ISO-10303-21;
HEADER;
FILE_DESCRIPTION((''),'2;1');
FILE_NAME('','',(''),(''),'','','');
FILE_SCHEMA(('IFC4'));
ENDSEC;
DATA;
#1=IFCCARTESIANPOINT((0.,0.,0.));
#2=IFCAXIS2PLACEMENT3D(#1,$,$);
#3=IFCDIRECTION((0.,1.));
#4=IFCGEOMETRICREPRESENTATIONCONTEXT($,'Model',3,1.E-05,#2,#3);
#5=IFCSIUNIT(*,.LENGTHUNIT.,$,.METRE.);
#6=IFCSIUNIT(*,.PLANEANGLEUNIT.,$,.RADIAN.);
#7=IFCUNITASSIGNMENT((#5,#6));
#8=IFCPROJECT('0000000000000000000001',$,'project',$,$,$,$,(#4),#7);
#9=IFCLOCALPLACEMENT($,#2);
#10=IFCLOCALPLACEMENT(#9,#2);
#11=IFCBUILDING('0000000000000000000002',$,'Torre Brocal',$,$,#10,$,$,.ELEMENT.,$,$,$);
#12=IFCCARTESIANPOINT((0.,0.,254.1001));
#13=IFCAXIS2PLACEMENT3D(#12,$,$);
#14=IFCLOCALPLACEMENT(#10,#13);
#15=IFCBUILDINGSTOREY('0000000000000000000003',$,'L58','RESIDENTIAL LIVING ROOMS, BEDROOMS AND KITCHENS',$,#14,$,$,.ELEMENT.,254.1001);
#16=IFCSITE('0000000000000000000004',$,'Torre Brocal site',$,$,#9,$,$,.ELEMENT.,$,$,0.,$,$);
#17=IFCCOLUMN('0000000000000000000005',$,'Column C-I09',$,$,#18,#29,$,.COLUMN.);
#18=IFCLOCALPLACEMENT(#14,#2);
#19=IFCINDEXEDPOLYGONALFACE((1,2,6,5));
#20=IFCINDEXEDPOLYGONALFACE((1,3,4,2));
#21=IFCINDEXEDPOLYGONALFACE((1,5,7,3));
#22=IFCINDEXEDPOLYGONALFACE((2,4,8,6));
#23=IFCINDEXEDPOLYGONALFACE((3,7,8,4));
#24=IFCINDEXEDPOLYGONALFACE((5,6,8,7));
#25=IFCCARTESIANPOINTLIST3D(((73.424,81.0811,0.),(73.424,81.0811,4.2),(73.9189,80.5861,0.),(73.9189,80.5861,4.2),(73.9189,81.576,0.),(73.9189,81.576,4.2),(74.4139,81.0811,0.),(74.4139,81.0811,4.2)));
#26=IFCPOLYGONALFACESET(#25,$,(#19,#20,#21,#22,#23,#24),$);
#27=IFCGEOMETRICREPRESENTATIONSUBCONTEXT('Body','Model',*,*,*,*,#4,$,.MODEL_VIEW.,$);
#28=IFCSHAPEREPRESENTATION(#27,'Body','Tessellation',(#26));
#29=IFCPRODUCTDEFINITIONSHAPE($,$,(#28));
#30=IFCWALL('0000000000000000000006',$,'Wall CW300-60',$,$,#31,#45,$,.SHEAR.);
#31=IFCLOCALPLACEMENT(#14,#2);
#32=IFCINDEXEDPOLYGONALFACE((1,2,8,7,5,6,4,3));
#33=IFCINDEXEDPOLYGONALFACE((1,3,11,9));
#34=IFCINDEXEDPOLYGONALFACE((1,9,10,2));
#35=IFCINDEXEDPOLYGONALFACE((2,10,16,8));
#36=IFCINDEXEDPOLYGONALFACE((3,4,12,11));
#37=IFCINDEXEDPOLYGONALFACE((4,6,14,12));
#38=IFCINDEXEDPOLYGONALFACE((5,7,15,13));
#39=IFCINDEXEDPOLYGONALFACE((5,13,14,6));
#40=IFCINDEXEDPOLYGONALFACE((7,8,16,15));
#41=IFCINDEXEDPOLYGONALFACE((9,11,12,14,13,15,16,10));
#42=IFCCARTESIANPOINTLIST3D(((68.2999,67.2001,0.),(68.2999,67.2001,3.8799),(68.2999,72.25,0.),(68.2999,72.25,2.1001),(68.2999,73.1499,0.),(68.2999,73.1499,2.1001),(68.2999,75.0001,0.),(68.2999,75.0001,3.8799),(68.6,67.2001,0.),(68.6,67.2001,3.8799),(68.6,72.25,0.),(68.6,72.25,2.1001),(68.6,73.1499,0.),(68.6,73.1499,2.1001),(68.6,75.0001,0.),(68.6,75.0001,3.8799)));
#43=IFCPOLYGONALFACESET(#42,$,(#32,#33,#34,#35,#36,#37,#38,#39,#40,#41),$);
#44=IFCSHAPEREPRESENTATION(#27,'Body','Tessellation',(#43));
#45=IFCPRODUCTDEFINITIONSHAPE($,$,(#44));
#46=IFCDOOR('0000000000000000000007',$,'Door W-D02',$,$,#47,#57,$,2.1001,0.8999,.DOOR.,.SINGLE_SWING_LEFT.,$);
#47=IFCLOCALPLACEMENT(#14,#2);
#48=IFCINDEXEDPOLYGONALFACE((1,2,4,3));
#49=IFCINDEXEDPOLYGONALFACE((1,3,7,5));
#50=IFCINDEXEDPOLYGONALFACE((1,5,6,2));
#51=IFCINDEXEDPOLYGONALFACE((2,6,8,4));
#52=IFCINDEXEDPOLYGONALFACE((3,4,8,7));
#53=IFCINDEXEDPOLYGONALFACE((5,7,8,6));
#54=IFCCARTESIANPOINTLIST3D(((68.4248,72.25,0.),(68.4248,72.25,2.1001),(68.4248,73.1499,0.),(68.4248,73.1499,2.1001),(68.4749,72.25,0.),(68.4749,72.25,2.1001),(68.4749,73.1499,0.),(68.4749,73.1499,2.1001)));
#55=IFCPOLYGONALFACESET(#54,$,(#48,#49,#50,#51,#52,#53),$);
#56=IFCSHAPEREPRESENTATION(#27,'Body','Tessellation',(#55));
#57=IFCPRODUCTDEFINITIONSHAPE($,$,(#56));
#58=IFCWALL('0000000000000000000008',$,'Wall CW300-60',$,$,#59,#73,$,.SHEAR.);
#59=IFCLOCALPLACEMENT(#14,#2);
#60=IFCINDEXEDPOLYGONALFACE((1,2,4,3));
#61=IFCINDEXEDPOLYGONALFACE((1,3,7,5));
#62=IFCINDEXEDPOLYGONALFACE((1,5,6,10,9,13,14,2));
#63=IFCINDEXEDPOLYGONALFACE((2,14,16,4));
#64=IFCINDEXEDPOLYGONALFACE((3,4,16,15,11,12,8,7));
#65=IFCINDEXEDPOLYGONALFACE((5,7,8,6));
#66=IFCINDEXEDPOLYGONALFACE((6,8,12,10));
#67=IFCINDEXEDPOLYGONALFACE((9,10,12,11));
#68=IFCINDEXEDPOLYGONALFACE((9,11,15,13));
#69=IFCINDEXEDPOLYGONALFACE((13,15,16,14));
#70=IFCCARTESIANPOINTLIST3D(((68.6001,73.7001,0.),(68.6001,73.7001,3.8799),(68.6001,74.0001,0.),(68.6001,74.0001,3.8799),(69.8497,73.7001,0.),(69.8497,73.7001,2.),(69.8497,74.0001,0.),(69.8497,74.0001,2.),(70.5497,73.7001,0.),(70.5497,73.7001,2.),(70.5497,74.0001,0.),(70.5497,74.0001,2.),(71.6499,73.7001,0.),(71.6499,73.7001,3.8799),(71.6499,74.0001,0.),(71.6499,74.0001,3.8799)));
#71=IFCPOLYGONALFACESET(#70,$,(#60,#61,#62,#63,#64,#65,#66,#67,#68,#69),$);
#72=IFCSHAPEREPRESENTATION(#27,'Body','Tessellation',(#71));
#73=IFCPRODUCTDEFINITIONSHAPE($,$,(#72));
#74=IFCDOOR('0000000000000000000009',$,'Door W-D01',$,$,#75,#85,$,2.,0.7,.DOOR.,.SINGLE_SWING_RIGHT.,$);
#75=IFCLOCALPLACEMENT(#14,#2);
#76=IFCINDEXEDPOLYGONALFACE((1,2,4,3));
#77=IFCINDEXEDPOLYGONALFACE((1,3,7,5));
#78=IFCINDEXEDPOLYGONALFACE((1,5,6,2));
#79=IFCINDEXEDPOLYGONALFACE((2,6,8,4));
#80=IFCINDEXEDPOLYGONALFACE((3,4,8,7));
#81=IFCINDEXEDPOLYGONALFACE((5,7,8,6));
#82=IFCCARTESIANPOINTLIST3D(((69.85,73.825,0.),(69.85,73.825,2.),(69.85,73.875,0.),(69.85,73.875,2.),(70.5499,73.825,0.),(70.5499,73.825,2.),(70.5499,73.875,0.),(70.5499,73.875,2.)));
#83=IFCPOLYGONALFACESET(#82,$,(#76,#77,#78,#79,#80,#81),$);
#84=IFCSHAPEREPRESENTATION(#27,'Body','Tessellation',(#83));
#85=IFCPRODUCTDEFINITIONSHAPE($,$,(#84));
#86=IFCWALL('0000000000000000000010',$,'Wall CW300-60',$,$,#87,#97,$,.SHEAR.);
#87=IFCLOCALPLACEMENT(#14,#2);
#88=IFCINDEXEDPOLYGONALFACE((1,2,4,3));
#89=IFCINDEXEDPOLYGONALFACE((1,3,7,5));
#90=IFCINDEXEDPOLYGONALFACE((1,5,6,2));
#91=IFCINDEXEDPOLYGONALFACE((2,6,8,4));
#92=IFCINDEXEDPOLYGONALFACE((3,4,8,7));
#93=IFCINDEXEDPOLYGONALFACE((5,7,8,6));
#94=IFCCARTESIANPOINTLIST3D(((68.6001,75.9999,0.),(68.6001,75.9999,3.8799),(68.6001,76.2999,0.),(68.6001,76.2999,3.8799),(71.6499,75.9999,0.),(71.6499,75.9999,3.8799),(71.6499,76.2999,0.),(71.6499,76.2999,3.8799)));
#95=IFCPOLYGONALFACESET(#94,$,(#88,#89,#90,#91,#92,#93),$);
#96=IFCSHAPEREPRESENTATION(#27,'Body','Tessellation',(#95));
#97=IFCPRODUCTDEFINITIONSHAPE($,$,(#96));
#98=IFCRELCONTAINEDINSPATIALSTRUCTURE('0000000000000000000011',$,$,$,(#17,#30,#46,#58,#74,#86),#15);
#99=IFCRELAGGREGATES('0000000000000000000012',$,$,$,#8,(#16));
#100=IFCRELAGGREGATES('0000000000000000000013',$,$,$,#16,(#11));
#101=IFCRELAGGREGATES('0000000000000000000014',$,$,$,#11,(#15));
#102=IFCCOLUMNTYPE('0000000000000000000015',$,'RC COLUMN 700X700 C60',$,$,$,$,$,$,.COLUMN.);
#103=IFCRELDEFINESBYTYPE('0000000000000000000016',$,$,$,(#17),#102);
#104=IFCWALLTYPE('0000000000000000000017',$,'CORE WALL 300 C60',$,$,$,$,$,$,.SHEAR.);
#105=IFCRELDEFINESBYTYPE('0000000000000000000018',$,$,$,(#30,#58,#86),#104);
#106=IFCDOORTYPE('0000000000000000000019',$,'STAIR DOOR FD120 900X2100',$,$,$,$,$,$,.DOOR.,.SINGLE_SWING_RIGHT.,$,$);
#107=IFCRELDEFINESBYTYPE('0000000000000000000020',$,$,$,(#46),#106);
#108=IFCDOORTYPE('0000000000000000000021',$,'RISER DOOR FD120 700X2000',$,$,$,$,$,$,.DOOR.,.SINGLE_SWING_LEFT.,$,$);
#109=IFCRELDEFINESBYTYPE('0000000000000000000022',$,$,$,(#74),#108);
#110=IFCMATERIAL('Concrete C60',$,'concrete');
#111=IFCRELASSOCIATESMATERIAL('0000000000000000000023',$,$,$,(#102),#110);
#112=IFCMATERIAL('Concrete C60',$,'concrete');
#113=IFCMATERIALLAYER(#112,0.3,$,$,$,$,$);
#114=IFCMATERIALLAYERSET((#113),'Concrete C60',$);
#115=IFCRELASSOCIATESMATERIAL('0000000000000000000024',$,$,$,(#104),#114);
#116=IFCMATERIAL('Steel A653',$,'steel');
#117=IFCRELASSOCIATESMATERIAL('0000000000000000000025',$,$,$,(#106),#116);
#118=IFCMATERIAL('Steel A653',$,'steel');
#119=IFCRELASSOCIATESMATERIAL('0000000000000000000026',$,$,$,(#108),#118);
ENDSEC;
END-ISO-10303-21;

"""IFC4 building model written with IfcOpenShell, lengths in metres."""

from ifc_helpers import new_model, si_unit, direction, frame, frame_2d, origin, origin_2d, place, context, subcontext, project, spatial, rectangle, extrude, material, layer, layer_set, material_profile, profile_set, type_object, element, fill, save


model = new_model("IFC4")

# Units and contexts
model_context = context("Model", 3, precision=1e-05, world=origin(), true_north=direction((0.0, 1.0)))
body_context = subcontext(model_context, "Body", "Model", "MODEL_VIEW")
ifc_project = project(units=[si_unit("LENGTHUNIT", "METRE"), si_unit("PLANEANGLEUNIT", "RADIAN")], contexts=[model_context])

# Site, building, storey
site_placement = place(None, origin())
site = spatial("IfcSite", under=ifc_project, at=site_placement, Name="Torre Brocal site", CompositionType="ELEMENT", RefElevation=0.0)
building_placement = place(site_placement, origin())
building = spatial("IfcBuilding", under=site, at=building_placement, Name="Torre Brocal", CompositionType="ELEMENT")
storey_placement = place(building_placement, frame((0.0, 0.0, 254.1001)))
storey = spatial("IfcBuildingStorey", under=building, at=storey_placement, Name="L58", Description="RESIDENTIAL LIVING ROOMS, BEDROOMS AND KITCHENS", CompositionType="ELEMENT", Elevation=254.1001)

# Column
ifc_material_1 = material(Name="Concrete C60", Category="concrete")
ifc_material_profile = material_profile(ifc_material_1, rectangle(XDim=0.7, YDim=0.7, at=origin_2d()), Name="RC 700X700")
ifc_profile_set = profile_set([ifc_material_profile], Name="Concrete C60")
column_type = type_object("IfcColumnType", Name="RC COLUMN 700X700 C60", PredefinedType="COLUMN", material=ifc_profile_set)
column_placement = place(storey_placement, frame((73.9189, 81.0811, 0.0), z_axis=(0.0, 0.0, 1.0), x_axis=(-0.707107, 0.707107, 0.0)))
element("IfcColumn", 1, at=column_placement, inside=storey, type_object=column_type, Name="Column C-I09", PredefinedType="COLUMN", context=body_context, shape_type="SweptSolid", body=[
    extrude(rectangle(XDim=0.7, YDim=0.7, at=origin_2d()), origin(), (0.0, 0.0, 1.0), 4.2),
])

# Walls, openings, doors
ifc_material_2 = material(Name="Concrete C60", Category="concrete")
ifc_layer_1 = layer(ifc_material_2, 0.3)
ifc_layer_set_1 = layer_set([ifc_layer_1], Name="Concrete C60")
wall_type_1 = type_object("IfcWallType", Name="CORE WALL 300 C60", PredefinedType="SHEAR", material=ifc_layer_set_1)
wall_1_placement = place(storey_placement, frame((68.45, 75.0, 0.0), z_axis=(0.0, 0.0, 1.0), x_axis=(0.0, -1.0, 0.0)))
wall_1 = element("IfcWall", 2, at=wall_1_placement, inside=storey, type_object=wall_type_1, Name="Wall CW300-60", PredefinedType="SHEAR", context=body_context, shape_type="SweptSolid", body=[
    extrude(rectangle(XDim=7.8, YDim=0.3, at=frame_2d((3.8999, 0.0))), origin(), (0.0, 0.0, 1.0), 3.8799),
])
opening_1_placement = place(wall_1_placement, frame((1.8501, 0.0, 0.0)))
opening_1 = element("IfcOpeningElement", 3, at=opening_1_placement, cuts=wall_1, PredefinedType="OPENING", context=body_context, shape_type="SweptSolid", body=[
    extrude(rectangle(XDim=0.8999, YDim=2.1001, at=frame_2d((0.45, 1.05))), frame((0.0, 0.1599, 0.0), z_axis=(0.0, -1.0, 0.0), x_axis=(1.0, 0.0, 0.0)), (0.0, 0.0, 1.0), 0.3201),
])
ifc_material_3 = material(Name="Steel A653", Category="steel")
door_type_1 = type_object("IfcDoorType", Name="STAIR DOOR FD120 900X2100", OperationType="SINGLE_SWING_RIGHT", PredefinedType="DOOR", material=ifc_material_3)
door_1_placement = place(opening_1_placement, origin())
door_1 = element("IfcDoor", 4, at=door_1_placement, inside=storey, type_object=door_type_1, Name="Door W-D02", OperationType="SINGLE_SWING_LEFT", OverallHeight=2.1001, OverallWidth=0.8999, PredefinedType="DOOR", context=body_context, shape_type="SweptSolid", body=[
    extrude(rectangle(XDim=0.8999, YDim=2.1001, at=frame_2d((0.45, 1.05))), frame((0.0, 0.0249, 0.0), z_axis=(0.0, -1.0, 0.0), x_axis=(1.0, 0.0, 0.0)), (0.0, 0.0, 1.0), 0.05),
])
fill(opening_1, door_1)
wall_2_placement = place(storey_placement, frame((71.6499, 73.8501, 0.0), z_axis=(0.0, 0.0, 1.0), x_axis=(-1.0, 0.0, 0.0)))
wall_2 = element("IfcWall", 5, at=wall_2_placement, inside=storey, type_object=wall_type_1, Name="Wall CW300-60", PredefinedType="SHEAR", context=body_context, shape_type="SweptSolid", body=[
    extrude(rectangle(XDim=3.0498, YDim=0.3, at=frame_2d((1.5249, 0.0))), origin(), (0.0, 0.0, 1.0), 3.8799),
])
opening_2_placement = place(wall_2_placement, frame((1.1001, 0.0, 0.0)))
opening_2 = element("IfcOpeningElement", 6, at=opening_2_placement, cuts=wall_2, PredefinedType="OPENING", context=body_context, shape_type="SweptSolid", body=[
    extrude(rectangle(XDim=0.7, YDim=2.0, at=frame_2d((0.3501, 1.0))), frame((0.0, 0.1599, 0.0), z_axis=(0.0, -1.0, 0.0), x_axis=(1.0, 0.0, 0.0)), (0.0, 0.0, 1.0), 0.3201),
])
ifc_material_4 = material(Name="Steel A653", Category="steel")
door_type_2 = type_object("IfcDoorType", Name="RISER DOOR FD120 700X2000", OperationType="SINGLE_SWING_LEFT", PredefinedType="DOOR", material=ifc_material_4)
door_2_placement = place(opening_2_placement, frame((0.7, 0.0, 0.0), z_axis=(0.0, 0.0, 1.0), x_axis=(-1.0, 0.0, 0.0)))
door_2 = element("IfcDoor", 7, at=door_2_placement, inside=storey, type_object=door_type_2, Name="Door W-D01", OperationType="SINGLE_SWING_RIGHT", OverallHeight=2.0, OverallWidth=0.7, PredefinedType="DOOR", context=body_context, shape_type="SweptSolid", body=[
    extrude(rectangle(XDim=0.7, YDim=2.0, at=frame_2d((0.3501, 1.0))), frame((0.0, 0.0249, 0.0), z_axis=(0.0, -1.0, 0.0), x_axis=(1.0, 0.0, 0.0)), (0.0, 0.0, 1.0), 0.05),
])
fill(opening_2, door_2)

# Wall
wall_3_placement = place(storey_placement, frame((71.6499, 76.1499, 0.0), z_axis=(0.0, 0.0, 1.0), x_axis=(-1.0, 0.0, 0.0)))
element("IfcWall", 8, at=wall_3_placement, inside=storey, type_object=wall_type_1, Name="Wall CW300-60", PredefinedType="SHEAR", context=body_context, shape_type="SweptSolid", body=[
    extrude(rectangle(XDim=3.0498, YDim=0.3, at=frame_2d((1.5249, 0.0))), origin(), (0.0, 0.0, 1.0), 3.8799),
])

save(model, "model.ifc")
